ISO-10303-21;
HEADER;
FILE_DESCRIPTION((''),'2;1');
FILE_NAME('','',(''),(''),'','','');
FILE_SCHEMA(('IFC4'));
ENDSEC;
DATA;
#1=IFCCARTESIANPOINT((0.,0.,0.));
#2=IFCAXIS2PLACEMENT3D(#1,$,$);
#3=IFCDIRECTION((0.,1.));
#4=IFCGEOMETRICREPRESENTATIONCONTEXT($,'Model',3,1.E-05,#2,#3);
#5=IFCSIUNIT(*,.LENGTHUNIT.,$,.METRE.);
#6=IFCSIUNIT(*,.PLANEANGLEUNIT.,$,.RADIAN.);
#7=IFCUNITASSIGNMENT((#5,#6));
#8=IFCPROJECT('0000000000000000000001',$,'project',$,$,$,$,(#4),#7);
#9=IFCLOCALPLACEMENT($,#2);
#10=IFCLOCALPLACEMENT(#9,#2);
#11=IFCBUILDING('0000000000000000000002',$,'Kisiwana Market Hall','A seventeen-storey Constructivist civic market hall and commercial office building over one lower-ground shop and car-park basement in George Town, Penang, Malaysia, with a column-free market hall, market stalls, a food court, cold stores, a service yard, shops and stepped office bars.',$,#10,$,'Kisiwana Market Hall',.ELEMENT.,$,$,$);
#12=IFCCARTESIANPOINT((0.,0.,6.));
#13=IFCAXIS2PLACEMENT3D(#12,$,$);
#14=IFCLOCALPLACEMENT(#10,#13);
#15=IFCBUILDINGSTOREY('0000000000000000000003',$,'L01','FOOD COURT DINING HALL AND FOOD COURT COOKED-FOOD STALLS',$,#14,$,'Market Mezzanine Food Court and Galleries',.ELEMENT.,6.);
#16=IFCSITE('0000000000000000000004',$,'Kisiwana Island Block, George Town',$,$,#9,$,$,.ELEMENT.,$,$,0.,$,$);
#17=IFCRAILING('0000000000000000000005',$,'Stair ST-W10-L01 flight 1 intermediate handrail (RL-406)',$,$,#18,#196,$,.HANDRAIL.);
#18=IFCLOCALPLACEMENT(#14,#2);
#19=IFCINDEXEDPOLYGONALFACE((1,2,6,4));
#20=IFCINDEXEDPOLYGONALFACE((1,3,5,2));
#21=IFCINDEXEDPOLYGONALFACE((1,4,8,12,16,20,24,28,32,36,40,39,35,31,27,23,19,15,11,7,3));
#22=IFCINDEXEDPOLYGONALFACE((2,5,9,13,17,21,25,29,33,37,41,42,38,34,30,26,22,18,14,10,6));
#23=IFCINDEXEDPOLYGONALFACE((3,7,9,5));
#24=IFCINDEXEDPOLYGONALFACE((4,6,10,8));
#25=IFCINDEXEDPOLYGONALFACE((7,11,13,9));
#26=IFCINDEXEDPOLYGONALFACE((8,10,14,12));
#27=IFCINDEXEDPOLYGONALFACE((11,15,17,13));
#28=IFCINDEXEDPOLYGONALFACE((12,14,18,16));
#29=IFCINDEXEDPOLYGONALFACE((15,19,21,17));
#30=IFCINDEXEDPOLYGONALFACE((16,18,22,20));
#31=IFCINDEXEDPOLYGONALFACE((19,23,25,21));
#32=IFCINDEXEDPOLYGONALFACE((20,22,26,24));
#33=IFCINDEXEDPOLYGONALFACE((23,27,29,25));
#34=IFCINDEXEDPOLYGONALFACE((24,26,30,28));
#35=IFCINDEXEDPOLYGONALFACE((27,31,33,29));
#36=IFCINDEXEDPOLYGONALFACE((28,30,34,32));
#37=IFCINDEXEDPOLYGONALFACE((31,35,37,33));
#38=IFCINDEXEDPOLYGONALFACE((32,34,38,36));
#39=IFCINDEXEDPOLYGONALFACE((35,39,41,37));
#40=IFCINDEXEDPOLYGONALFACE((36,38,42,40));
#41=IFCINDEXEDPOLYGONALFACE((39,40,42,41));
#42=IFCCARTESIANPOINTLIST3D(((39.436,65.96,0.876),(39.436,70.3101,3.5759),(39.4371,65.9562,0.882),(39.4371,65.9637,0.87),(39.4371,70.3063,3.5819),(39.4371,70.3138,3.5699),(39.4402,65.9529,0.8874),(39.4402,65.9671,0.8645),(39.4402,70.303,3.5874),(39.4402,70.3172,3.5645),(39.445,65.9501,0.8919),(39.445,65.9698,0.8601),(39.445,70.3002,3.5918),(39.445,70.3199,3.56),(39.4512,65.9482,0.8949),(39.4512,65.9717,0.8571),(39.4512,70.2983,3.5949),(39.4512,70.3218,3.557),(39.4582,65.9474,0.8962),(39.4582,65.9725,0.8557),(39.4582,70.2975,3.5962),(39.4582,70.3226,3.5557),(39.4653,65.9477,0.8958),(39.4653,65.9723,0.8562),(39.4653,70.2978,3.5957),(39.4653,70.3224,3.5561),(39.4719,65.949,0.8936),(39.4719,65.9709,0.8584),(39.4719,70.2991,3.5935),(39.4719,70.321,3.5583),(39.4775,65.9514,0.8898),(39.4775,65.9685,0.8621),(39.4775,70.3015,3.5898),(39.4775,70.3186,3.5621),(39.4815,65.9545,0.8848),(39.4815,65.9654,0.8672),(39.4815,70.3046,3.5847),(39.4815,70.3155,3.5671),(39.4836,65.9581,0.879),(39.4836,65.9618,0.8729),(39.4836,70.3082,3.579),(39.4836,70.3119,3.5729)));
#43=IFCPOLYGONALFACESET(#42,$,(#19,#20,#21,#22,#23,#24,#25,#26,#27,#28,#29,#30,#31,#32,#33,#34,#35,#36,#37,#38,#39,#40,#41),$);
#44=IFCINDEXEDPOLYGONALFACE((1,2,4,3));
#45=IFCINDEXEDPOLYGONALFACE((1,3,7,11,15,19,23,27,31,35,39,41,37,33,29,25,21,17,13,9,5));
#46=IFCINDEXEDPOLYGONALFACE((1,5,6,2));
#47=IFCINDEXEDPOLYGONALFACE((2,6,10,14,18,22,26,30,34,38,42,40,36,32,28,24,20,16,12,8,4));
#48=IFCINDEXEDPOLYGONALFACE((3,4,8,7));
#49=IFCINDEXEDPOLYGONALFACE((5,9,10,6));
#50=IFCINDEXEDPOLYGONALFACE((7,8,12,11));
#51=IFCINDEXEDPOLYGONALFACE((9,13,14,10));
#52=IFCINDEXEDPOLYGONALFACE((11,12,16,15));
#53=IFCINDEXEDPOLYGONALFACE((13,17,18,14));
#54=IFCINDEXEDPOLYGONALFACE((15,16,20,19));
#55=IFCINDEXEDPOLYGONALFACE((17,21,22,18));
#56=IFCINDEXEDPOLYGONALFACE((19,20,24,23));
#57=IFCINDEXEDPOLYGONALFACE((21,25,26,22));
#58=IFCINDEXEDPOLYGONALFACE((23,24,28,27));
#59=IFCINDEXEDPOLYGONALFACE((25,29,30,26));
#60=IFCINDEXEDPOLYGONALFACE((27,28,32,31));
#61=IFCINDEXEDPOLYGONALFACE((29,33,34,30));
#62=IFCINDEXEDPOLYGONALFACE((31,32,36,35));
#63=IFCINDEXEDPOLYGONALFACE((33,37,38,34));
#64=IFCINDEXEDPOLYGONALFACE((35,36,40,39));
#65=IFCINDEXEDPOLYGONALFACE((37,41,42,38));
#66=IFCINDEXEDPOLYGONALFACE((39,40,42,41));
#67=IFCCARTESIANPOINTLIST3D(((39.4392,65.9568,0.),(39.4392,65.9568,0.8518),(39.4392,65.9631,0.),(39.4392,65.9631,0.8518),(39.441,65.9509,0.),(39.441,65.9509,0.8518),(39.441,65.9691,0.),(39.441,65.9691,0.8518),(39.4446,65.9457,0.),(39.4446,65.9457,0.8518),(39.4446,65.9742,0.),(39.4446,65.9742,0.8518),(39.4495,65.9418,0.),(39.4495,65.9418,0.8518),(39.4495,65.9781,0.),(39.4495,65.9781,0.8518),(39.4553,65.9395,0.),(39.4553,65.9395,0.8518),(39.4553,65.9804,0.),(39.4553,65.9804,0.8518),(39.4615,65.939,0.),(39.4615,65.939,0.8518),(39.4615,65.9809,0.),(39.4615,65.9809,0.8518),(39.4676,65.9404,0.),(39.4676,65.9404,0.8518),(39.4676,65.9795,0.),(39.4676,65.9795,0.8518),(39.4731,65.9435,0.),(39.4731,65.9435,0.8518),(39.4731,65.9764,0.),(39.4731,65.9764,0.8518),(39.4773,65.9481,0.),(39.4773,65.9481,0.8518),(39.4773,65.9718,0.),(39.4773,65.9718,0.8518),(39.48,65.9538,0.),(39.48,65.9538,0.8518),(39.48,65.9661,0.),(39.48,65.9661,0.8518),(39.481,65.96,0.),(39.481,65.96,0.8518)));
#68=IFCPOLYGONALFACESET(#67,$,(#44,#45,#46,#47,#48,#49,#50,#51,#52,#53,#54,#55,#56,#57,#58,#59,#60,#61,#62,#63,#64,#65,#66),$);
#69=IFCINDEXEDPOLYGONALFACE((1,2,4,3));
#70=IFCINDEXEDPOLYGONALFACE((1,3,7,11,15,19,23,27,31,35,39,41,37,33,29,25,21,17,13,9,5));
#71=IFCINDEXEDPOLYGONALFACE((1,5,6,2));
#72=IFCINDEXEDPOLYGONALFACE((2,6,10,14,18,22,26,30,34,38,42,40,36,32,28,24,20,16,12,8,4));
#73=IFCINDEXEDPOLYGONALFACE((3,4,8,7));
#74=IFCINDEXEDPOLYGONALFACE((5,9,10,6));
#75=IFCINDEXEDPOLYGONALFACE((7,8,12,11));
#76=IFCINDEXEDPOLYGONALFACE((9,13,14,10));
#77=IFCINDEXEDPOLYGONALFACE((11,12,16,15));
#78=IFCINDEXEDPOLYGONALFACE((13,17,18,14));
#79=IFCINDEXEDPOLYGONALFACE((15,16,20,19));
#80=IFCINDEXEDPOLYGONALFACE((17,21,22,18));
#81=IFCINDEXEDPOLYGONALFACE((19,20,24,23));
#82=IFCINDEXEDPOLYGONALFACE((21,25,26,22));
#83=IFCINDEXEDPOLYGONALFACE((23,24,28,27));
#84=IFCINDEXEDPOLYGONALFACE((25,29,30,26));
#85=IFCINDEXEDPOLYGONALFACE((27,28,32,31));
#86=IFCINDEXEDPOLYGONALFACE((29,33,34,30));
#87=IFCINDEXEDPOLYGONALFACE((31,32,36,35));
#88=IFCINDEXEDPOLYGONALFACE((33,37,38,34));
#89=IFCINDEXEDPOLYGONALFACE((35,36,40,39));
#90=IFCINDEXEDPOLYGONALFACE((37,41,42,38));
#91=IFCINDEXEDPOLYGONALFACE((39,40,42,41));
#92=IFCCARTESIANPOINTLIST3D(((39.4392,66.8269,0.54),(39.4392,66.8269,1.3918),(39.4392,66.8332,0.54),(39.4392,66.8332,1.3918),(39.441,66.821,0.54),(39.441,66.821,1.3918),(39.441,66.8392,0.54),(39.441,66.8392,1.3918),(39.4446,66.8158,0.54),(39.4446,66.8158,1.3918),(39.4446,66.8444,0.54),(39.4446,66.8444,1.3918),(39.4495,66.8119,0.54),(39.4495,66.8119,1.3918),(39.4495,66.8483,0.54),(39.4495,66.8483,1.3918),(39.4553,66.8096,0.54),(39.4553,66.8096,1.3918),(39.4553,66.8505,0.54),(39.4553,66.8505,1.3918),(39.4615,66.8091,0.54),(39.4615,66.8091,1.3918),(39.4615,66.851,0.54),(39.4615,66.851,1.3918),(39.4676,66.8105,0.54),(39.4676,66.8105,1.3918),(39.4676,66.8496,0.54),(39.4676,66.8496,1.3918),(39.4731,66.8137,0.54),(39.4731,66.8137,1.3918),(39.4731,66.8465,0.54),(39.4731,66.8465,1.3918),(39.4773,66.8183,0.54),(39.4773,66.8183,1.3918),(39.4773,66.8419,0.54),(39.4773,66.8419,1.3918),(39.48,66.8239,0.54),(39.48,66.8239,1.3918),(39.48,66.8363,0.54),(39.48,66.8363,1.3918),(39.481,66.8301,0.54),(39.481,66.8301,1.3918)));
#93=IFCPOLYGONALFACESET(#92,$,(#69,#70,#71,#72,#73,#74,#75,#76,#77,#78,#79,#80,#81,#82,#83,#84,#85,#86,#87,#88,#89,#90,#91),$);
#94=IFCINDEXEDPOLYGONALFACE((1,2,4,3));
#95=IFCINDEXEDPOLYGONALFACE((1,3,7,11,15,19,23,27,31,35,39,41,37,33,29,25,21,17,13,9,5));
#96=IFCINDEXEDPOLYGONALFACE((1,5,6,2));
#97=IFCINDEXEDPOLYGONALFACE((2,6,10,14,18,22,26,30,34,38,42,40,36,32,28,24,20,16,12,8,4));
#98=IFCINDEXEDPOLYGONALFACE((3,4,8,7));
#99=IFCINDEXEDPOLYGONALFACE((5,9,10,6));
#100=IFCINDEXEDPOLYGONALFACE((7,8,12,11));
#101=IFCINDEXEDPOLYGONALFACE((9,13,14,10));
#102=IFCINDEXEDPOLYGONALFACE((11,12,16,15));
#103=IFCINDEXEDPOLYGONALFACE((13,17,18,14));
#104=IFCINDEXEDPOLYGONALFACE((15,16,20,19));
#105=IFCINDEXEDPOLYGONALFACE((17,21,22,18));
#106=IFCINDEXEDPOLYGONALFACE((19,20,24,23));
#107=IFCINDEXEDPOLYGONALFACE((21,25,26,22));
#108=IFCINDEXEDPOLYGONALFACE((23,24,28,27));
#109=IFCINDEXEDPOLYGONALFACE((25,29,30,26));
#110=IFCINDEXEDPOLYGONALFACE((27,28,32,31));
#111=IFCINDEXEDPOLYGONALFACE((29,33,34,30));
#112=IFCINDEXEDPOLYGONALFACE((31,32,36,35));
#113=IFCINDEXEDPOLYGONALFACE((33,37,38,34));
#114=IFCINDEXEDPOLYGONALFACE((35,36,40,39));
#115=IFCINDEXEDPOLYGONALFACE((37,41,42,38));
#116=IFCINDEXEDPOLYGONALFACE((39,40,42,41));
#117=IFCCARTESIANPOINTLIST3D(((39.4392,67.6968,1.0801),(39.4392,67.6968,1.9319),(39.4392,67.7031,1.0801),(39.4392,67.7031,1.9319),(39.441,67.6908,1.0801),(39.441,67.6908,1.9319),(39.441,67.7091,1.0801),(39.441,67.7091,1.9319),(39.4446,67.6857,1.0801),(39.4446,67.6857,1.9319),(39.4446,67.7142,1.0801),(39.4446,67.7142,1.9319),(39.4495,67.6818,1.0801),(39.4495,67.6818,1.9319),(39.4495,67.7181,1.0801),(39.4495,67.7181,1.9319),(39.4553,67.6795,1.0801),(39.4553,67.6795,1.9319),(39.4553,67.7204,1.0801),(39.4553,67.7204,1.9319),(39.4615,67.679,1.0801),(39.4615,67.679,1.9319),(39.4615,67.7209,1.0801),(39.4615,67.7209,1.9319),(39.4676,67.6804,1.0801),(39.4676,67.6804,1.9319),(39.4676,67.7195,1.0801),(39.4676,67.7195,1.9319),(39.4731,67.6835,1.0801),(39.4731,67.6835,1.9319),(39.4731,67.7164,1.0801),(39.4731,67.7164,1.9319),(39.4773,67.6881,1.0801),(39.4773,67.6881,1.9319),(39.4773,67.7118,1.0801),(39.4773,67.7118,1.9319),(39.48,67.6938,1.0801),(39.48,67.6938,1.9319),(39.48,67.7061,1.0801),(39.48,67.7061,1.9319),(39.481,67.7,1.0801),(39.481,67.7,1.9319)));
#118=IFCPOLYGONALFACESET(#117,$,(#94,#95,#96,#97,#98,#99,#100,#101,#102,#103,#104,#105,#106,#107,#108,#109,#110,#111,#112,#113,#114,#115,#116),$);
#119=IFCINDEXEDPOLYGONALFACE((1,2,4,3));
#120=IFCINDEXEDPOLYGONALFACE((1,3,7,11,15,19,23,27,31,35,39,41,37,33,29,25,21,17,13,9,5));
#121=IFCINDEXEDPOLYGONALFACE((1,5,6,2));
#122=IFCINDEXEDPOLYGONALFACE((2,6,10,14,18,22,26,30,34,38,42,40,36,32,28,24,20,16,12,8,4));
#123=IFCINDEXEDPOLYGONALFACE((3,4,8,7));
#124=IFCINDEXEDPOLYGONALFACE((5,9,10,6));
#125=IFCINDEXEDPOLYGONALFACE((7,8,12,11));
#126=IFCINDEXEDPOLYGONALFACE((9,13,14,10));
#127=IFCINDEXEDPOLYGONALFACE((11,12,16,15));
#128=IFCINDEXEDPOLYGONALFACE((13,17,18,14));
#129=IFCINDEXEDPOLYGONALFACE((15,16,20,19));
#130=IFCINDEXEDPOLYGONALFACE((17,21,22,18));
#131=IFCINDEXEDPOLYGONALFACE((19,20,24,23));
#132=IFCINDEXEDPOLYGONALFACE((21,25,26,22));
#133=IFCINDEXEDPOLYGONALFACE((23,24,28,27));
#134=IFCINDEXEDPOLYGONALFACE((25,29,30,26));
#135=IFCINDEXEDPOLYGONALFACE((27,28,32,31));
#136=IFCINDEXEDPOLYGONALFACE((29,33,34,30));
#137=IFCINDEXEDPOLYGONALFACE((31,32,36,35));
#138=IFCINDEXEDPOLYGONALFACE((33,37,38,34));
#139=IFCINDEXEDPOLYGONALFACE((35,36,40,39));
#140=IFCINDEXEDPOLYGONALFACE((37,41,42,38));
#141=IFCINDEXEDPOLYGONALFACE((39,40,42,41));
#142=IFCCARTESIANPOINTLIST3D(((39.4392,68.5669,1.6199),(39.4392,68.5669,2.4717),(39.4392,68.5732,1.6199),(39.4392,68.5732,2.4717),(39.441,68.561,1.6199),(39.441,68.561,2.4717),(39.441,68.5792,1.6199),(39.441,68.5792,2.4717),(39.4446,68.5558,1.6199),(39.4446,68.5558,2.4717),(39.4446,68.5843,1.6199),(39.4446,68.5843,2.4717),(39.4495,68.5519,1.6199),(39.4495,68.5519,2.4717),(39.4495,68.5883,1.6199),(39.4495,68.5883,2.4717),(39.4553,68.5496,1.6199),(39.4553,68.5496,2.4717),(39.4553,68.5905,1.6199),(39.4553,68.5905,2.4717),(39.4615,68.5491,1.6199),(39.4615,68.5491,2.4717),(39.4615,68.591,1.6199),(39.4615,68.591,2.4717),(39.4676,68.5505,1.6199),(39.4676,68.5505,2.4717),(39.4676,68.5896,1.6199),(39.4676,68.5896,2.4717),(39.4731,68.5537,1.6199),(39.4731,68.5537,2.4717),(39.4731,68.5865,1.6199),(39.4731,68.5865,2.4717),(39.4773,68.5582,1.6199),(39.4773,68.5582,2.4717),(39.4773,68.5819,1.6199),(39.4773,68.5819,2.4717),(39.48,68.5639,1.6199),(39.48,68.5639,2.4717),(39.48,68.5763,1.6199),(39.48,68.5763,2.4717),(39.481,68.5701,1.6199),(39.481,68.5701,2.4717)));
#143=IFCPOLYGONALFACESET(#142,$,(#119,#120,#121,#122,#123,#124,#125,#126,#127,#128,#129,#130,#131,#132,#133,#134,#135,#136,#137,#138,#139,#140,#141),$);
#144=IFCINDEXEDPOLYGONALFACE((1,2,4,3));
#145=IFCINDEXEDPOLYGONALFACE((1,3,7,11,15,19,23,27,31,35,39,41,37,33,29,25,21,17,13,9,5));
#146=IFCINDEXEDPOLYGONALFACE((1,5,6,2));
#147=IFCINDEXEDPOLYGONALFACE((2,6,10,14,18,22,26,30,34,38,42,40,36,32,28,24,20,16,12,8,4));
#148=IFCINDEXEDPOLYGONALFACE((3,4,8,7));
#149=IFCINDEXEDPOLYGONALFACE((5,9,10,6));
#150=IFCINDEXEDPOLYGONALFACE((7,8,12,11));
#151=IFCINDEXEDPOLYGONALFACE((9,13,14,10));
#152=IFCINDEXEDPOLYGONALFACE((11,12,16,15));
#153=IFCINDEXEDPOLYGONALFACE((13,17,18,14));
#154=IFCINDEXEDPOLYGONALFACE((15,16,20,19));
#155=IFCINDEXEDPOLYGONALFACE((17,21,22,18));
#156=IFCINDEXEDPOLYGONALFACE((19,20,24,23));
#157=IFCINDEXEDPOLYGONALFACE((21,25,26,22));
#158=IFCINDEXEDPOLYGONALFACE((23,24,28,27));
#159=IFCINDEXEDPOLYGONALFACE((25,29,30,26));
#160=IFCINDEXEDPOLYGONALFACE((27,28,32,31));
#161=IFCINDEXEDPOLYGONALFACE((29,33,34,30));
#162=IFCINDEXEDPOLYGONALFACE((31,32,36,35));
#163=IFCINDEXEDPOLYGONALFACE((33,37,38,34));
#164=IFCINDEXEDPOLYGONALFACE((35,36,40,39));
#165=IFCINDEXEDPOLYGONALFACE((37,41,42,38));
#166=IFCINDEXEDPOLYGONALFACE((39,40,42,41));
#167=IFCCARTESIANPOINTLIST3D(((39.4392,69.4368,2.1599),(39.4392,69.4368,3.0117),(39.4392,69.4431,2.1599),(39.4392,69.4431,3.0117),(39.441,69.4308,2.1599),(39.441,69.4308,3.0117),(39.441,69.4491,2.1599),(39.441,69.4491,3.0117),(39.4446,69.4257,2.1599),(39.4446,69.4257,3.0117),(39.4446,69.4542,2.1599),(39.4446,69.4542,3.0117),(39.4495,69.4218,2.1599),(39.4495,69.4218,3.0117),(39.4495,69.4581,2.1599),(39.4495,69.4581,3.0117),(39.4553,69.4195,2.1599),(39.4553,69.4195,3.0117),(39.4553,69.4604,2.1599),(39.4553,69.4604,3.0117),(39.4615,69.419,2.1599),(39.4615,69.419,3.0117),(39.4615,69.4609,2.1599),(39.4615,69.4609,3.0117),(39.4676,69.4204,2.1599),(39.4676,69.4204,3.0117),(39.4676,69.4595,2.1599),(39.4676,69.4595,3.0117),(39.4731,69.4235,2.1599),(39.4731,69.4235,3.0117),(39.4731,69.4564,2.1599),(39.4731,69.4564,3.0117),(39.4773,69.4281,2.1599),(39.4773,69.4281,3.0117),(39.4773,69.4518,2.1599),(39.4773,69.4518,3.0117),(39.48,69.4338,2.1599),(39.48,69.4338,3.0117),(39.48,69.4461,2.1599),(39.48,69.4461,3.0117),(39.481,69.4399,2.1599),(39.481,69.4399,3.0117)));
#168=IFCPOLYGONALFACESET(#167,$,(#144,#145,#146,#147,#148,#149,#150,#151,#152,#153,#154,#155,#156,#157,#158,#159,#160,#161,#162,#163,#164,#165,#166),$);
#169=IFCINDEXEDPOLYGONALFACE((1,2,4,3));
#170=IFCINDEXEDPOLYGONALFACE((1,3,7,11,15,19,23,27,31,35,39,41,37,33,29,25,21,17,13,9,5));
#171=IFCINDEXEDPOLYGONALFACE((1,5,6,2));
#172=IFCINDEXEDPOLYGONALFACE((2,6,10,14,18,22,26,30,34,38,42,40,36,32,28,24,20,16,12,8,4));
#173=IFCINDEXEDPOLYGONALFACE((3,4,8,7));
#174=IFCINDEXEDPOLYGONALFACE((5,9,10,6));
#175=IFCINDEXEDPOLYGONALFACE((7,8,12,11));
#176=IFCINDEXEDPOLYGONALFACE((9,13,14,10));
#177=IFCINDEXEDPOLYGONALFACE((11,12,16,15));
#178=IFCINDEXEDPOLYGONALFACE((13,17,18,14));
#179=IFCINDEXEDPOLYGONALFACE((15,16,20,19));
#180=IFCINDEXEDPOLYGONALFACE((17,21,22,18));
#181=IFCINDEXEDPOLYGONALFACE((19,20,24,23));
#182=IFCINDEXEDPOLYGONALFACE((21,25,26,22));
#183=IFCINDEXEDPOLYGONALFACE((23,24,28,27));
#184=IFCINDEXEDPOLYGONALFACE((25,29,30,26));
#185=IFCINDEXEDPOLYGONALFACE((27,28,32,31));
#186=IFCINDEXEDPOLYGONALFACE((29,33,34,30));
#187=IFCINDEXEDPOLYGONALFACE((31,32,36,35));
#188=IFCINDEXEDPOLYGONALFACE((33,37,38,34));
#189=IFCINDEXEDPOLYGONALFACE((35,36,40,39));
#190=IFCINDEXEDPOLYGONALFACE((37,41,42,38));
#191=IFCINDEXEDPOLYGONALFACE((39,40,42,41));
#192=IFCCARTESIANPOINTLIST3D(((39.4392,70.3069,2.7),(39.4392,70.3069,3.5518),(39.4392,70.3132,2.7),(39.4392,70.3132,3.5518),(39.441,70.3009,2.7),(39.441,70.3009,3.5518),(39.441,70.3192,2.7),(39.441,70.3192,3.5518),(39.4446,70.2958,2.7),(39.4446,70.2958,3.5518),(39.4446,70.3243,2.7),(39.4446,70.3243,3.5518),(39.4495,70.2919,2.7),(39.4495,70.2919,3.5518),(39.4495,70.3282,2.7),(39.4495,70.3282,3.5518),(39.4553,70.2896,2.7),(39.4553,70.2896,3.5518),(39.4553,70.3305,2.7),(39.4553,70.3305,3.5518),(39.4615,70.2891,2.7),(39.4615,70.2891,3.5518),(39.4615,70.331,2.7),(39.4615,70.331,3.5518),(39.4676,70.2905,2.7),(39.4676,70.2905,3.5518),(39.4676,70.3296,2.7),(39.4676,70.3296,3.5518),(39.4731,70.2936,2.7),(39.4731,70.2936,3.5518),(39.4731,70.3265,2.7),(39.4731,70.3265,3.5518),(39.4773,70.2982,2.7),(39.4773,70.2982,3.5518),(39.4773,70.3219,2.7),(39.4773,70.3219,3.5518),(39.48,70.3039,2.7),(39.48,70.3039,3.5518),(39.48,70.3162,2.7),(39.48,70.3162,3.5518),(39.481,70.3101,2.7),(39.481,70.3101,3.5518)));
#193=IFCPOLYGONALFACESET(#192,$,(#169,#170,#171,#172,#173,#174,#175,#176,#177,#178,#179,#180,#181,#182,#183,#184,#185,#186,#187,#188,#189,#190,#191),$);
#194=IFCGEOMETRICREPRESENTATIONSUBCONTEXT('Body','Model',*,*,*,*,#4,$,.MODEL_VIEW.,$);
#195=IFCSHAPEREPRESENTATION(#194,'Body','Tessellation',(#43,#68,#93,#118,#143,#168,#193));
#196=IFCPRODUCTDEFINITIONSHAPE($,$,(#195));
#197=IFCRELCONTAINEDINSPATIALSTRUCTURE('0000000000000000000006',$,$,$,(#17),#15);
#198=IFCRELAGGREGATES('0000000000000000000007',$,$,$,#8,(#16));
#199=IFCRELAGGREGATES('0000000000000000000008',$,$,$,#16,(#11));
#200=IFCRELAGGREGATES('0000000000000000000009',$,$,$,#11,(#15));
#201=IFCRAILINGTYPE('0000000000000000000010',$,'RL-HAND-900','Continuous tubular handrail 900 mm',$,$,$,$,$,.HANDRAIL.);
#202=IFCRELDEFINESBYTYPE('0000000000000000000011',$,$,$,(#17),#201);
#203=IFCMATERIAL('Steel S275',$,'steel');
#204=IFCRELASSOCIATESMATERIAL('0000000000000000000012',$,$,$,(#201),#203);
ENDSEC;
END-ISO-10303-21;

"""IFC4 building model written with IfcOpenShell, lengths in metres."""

from ifc_helpers import new_model, si_unit, direction, frame, origin, origin_2d, place, context, subcontext, project, spatial, circle, extrude, material, type_object, element, save


model = new_model("IFC4")

# Units and contexts
model_context = context("Model", 3, precision=1e-05, world=origin(), true_north=direction((0.0, 1.0)))
body_context = subcontext(model_context, "Body", "Model", "MODEL_VIEW")
ifc_project = project(units=[si_unit("LENGTHUNIT", "METRE"), si_unit("PLANEANGLEUNIT", "RADIAN")], contexts=[model_context])

# Site, building, storey
site_placement = place(None, origin())
site = spatial("IfcSite", under=ifc_project, at=site_placement, Name="Kisiwana Island Block, George Town", CompositionType="ELEMENT", RefElevation=0.0)
building_placement = place(site_placement, origin())
building = spatial("IfcBuilding", under=site, at=building_placement, Name="Kisiwana Market Hall", Description="A seventeen-storey Constructivist civic market hall and commercial office building over one lower-ground shop and car-park basement in George Town, Penang, Malaysia, with a column-free market hall, market stalls, a food court, cold stores, a service yard, shops and stepped office bars.", LongName="Kisiwana Market Hall", CompositionType="ELEMENT")
storey_placement = place(building_placement, frame((0.0, 0.0, 6.0)))
storey = spatial("IfcBuildingStorey", under=building, at=storey_placement, Name="L01", Description="FOOD COURT DINING HALL AND FOOD COURT COOKED-FOOD STALLS", LongName="Market Mezzanine Food Court and Galleries", CompositionType="ELEMENT", Elevation=6.0)

# Railing
ifc_material_1 = material(Name="Steel S275", Category="steel")
railing_type_1 = type_object("IfcRailingType", Name="RL-HAND-900", Description="Continuous tubular handrail 900 mm", PredefinedType="HANDRAIL", material=ifc_material_1)
railing_1_placement = place(storey_placement, frame((39.46, 65.96, 0.0)))
element("IfcRailing", 1, at=railing_1_placement, inside=storey, type_object=railing_type_1, Name="Stair ST-W10-L01 flight 1 intermediate handrail (RL-406)", PredefinedType="HANDRAIL", context=body_context, shape_type="SweptSolid", body=[
    extrude(circle(Radius=0.0239, at=origin_2d()), frame((0.0, 0.0, 0.876), z_axis=(0.0, 0.84965, 0.527347), x_axis=(-1.0, 0.0, 0.0)), (0.0, 0.0, 1.0), 5.1199),
    extrude(circle(Radius=0.021, at=origin_2d()), origin(), (0.0, 0.0, 1.0), 0.8518),
    extrude(circle(Radius=0.021, at=origin_2d()), frame((0.0, 0.8701, 0.54)), (0.0, 0.0, 1.0), 0.8518),
    extrude(circle(Radius=0.021, at=origin_2d()), frame((0.0, 1.74, 1.0801)), (0.0, 0.0, 1.0), 0.8518),
    extrude(circle(Radius=0.021, at=origin_2d()), frame((0.0, 2.6101, 1.6199)), (0.0, 0.0, 1.0), 0.8518),
    extrude(circle(Radius=0.021, at=origin_2d()), frame((0.0, 3.48, 2.1599)), (0.0, 0.0, 1.0), 0.8518),
    extrude(circle(Radius=0.021, at=origin_2d()), frame((0.0, 4.3501, 2.7)), (0.0, 0.0, 1.0), 0.8518),
])

save(model, "model.ifc")
